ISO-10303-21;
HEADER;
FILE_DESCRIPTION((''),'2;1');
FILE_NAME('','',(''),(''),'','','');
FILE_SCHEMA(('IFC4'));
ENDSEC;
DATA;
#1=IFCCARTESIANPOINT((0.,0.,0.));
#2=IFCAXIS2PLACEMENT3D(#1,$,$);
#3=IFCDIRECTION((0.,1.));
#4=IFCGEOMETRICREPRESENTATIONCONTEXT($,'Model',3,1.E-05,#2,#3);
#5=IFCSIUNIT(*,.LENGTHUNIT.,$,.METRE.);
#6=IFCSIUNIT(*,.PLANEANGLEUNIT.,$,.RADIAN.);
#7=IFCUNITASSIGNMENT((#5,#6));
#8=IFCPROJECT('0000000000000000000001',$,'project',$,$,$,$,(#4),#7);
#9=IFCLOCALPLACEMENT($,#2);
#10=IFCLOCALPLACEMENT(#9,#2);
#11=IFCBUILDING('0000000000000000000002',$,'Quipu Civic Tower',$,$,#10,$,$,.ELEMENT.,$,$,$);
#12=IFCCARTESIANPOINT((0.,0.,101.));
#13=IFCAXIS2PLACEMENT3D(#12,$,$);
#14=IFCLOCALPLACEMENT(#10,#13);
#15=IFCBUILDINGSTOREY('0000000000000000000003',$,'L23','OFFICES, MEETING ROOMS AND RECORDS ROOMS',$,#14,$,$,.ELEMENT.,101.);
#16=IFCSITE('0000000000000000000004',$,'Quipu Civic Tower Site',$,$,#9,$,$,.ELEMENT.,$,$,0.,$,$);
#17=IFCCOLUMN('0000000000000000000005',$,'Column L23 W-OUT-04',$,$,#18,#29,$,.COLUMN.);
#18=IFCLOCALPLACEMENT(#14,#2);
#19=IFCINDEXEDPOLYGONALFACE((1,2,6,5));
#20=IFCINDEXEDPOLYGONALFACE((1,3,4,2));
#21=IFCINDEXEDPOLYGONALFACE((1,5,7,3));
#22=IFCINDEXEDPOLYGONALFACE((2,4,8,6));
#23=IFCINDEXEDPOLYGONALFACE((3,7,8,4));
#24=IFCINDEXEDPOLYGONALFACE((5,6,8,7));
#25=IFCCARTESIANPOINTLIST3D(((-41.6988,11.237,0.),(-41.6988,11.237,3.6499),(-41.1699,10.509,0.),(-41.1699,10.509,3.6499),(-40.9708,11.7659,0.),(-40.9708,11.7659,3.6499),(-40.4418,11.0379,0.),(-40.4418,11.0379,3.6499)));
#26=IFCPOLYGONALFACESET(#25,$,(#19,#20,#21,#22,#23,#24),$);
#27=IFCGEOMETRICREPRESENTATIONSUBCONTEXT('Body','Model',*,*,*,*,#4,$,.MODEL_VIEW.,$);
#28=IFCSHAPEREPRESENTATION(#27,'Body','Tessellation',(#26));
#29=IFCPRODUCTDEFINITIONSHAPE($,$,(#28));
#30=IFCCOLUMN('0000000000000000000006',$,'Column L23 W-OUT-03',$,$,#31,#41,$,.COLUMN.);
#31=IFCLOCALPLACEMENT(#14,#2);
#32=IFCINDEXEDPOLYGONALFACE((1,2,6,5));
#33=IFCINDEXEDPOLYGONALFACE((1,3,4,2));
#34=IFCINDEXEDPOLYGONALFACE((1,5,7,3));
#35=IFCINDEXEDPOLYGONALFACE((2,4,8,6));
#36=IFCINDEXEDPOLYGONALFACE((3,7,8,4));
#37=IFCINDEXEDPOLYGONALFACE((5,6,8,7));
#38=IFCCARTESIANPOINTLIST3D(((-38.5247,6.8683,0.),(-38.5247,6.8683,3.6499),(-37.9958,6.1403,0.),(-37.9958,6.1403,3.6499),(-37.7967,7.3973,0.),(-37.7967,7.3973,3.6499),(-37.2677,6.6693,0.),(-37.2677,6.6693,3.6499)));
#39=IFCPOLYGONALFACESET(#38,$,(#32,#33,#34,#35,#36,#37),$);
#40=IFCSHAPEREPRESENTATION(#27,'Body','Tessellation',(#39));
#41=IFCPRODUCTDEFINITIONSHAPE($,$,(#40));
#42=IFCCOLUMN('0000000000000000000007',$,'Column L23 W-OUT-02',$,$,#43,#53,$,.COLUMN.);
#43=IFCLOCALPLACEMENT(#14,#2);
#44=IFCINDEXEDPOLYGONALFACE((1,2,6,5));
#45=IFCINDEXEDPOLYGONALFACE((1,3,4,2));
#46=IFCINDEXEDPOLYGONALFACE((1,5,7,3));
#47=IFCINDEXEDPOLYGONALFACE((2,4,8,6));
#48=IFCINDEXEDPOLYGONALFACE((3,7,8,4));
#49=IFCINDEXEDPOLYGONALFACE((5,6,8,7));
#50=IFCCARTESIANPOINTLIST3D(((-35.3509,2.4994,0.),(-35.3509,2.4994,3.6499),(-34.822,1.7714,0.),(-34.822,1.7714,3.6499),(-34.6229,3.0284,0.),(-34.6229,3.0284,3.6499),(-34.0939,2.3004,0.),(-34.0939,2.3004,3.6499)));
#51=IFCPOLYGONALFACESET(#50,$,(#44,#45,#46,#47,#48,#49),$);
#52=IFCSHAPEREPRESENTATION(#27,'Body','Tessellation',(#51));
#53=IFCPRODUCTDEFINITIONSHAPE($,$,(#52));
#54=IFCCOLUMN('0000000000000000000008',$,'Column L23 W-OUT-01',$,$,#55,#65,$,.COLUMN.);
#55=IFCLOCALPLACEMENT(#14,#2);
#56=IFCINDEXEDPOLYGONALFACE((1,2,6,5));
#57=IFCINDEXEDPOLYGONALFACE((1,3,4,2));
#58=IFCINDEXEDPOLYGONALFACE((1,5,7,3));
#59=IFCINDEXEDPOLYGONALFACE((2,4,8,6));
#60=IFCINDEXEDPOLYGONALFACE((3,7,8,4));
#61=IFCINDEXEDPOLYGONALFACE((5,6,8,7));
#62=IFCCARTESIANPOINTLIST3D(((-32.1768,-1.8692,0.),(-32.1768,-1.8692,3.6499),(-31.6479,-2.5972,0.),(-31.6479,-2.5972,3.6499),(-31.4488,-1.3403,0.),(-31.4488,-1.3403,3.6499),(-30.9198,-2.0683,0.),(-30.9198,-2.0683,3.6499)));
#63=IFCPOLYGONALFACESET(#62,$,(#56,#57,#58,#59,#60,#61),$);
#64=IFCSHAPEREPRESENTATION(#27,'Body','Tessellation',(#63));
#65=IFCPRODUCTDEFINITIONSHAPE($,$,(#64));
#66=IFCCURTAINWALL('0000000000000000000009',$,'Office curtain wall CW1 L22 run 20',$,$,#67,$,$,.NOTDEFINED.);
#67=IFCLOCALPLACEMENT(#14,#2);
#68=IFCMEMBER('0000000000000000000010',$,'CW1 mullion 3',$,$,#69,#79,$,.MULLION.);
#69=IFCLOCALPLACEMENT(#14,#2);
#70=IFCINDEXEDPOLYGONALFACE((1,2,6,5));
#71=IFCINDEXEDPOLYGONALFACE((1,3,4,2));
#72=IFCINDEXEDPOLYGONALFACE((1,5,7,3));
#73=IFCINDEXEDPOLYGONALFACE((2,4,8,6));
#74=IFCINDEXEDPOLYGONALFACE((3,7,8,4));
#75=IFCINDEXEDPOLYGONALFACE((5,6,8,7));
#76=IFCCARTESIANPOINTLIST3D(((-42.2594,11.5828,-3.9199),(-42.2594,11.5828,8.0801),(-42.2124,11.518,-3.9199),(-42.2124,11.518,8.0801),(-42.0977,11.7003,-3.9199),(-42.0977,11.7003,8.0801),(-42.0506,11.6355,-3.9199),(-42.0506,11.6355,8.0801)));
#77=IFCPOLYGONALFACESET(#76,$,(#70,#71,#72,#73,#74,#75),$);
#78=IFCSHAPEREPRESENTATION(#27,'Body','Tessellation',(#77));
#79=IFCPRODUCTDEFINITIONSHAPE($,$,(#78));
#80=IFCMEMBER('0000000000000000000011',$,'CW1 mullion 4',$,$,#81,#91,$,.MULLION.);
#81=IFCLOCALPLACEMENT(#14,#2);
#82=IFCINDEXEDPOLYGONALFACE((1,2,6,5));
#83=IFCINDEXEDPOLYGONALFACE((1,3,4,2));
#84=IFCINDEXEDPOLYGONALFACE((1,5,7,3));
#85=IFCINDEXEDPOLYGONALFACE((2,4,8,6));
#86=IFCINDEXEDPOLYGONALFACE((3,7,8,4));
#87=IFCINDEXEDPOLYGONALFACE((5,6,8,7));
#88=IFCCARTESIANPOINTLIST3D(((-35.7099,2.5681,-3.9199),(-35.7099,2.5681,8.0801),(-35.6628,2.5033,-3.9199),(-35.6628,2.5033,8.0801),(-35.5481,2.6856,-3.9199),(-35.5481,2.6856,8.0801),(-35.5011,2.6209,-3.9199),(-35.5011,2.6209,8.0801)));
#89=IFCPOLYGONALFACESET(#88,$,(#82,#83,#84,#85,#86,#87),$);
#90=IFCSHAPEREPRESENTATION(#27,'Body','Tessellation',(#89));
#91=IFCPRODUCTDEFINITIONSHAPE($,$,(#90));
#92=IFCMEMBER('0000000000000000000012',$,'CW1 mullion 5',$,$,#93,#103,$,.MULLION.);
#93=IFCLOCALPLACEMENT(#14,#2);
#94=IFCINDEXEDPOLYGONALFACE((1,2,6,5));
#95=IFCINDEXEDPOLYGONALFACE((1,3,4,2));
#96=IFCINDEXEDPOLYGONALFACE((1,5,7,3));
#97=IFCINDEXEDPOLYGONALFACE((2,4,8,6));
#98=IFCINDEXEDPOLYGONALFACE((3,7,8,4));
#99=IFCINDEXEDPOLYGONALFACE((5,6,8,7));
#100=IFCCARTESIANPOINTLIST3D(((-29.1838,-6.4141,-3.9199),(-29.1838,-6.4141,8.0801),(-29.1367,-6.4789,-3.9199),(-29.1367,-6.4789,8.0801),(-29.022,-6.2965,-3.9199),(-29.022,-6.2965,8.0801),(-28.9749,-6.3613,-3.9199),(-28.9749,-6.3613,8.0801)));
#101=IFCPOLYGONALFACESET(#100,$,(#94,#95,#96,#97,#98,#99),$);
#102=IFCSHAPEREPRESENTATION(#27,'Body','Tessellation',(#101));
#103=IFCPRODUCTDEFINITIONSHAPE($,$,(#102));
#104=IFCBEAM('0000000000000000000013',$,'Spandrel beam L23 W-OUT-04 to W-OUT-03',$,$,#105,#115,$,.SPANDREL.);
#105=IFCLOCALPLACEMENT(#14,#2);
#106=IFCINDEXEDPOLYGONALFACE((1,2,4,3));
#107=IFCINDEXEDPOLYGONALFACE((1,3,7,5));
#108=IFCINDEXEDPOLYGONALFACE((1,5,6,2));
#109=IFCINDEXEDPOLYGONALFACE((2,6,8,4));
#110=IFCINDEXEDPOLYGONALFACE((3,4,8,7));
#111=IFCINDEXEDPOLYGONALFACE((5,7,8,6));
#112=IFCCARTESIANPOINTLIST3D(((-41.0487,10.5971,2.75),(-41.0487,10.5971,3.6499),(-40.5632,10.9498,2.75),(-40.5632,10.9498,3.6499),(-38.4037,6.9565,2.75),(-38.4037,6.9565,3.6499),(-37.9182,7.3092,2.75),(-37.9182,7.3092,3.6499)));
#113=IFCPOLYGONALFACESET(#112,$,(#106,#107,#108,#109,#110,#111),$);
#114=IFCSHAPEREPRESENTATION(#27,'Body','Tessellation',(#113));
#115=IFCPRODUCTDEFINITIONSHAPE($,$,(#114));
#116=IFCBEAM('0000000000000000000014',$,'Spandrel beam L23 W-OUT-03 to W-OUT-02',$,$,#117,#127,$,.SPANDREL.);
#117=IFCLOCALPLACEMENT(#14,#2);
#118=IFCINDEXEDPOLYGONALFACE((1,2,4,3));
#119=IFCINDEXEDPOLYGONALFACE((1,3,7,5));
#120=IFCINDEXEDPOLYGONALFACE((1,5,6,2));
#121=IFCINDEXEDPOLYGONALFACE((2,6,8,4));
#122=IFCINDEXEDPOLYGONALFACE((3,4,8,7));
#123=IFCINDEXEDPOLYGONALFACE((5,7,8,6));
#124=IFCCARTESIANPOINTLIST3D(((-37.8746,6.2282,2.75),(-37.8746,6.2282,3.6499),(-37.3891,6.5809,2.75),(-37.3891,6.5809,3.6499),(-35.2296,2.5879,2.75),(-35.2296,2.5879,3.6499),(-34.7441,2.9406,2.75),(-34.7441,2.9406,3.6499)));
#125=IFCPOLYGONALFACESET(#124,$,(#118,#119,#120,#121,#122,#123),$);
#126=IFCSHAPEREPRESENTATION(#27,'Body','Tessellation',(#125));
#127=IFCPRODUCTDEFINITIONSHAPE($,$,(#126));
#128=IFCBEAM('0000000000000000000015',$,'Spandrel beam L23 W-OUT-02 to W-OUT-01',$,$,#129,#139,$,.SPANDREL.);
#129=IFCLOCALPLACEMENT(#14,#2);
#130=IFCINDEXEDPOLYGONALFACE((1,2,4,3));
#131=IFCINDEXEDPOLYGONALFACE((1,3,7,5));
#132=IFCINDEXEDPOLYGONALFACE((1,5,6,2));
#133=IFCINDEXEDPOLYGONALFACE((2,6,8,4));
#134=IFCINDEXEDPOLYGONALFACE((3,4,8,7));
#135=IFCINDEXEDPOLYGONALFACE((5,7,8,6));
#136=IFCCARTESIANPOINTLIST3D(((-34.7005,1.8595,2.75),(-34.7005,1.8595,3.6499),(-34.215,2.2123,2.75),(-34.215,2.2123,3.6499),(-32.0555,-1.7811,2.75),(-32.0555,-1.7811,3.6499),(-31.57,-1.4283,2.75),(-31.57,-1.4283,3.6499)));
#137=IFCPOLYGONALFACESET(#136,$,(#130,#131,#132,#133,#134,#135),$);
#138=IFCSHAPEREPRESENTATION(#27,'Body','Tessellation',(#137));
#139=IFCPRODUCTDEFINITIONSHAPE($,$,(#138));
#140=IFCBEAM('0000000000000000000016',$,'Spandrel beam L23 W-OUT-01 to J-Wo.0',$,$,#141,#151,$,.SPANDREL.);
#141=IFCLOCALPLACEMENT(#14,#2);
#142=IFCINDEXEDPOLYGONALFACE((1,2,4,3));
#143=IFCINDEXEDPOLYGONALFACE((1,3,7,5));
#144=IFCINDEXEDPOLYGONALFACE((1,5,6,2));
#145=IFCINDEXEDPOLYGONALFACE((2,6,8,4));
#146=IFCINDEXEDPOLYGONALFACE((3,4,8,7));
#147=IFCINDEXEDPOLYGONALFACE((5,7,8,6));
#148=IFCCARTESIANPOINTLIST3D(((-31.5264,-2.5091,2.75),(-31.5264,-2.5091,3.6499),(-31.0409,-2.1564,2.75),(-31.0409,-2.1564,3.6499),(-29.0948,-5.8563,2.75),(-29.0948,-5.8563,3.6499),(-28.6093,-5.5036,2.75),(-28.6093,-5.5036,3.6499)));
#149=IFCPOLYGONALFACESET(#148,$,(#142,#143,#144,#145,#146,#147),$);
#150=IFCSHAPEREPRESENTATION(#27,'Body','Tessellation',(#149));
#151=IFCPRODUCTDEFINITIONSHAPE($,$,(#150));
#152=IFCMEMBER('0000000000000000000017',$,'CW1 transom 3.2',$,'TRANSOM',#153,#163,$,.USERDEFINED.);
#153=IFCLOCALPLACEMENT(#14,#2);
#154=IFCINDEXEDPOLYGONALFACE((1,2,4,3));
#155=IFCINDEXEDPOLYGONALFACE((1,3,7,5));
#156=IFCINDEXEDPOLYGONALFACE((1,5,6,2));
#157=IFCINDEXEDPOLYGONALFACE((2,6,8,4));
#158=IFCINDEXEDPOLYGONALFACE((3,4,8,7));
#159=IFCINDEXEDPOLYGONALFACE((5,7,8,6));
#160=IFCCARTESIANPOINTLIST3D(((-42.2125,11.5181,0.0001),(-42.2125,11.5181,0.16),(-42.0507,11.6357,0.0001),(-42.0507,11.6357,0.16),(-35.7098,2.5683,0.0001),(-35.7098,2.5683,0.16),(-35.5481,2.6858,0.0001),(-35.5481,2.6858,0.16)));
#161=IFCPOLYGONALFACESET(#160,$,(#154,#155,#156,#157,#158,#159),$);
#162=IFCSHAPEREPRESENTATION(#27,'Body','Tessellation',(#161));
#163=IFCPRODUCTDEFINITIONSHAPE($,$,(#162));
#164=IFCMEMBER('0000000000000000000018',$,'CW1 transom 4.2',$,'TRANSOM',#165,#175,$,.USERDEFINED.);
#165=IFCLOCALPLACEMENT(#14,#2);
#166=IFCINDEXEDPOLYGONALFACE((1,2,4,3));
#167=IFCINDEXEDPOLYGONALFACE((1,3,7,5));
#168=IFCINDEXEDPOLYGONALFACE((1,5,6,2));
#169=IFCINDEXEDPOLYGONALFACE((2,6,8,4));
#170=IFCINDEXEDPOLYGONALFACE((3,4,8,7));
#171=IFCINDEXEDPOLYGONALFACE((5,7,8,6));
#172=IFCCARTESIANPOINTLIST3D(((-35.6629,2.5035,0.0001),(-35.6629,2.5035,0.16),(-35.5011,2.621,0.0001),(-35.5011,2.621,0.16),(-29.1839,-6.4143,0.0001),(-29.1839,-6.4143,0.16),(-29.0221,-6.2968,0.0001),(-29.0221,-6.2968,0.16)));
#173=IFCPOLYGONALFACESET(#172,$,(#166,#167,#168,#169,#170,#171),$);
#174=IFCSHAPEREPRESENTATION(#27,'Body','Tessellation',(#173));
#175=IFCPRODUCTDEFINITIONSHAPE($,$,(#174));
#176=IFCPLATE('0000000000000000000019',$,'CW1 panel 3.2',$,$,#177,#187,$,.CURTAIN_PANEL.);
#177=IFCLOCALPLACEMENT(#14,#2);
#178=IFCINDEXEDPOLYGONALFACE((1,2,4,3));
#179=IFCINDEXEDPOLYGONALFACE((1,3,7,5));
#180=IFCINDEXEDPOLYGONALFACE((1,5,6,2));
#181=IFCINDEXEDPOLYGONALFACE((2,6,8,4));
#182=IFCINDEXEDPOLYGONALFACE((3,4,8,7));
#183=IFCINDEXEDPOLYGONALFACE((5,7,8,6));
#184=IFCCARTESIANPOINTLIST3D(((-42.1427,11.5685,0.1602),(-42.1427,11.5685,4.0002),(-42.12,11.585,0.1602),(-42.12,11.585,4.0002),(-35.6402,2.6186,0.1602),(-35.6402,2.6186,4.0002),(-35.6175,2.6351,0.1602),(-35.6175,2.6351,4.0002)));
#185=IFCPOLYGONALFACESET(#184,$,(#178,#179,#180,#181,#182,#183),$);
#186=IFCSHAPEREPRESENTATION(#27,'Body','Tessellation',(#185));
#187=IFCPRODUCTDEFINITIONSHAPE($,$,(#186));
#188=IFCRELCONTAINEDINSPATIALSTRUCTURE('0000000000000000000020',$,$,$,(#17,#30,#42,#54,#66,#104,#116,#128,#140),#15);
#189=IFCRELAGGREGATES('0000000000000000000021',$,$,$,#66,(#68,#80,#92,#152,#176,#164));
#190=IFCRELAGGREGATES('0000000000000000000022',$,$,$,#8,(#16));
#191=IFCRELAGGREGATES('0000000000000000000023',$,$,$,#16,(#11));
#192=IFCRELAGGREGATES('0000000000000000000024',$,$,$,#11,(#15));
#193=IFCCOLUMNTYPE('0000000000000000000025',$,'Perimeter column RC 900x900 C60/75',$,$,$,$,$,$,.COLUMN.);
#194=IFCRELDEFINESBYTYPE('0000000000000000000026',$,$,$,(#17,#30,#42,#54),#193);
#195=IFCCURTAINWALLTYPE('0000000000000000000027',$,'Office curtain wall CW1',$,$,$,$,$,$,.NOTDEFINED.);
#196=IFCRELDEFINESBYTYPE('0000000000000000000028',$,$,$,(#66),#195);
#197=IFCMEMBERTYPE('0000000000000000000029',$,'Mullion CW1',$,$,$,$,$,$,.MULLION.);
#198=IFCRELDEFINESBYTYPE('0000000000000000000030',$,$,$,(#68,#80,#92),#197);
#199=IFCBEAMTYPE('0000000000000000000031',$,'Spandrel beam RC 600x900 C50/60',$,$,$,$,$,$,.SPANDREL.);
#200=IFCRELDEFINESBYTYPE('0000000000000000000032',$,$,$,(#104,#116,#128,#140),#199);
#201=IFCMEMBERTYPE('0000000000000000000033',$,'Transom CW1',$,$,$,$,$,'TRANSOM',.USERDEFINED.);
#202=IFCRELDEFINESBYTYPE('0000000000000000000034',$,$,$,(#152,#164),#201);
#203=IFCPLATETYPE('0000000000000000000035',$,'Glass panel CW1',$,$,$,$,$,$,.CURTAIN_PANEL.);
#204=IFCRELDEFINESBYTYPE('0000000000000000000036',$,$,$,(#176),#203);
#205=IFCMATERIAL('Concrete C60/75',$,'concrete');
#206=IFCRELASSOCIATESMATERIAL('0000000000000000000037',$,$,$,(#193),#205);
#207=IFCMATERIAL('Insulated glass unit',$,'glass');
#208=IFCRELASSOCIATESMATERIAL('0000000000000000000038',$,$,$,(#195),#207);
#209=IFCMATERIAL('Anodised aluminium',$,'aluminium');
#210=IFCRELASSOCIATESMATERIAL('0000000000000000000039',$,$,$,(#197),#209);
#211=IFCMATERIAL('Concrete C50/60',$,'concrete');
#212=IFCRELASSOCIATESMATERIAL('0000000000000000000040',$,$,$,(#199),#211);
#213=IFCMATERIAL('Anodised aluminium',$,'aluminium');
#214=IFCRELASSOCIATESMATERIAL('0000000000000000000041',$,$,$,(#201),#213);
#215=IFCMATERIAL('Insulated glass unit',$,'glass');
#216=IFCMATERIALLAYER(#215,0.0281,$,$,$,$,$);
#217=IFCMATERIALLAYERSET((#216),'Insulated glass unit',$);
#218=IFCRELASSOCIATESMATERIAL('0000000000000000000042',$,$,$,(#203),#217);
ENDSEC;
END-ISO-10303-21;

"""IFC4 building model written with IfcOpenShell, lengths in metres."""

from ifc_helpers import new_model, si_unit, direction, frame, origin, origin_2d, place, context, subcontext, project, spatial, rectangle, extrude, material, layer, layer_set, material_profile, profile_set, type_object, element, aggregate, save


model = new_model("IFC4")

# Units and contexts
model_context = context("Model", 3, precision=1e-05, world=origin(), true_north=direction((0.0, 1.0)))
body_context = subcontext(model_context, "Body", "Model", "MODEL_VIEW")
ifc_project = project(units=[si_unit("LENGTHUNIT", "METRE"), si_unit("PLANEANGLEUNIT", "RADIAN")], contexts=[model_context])

# Site, building, storey
site_placement = place(None, origin())
site = spatial("IfcSite", under=ifc_project, at=site_placement, Name="Quipu Civic Tower Site", CompositionType="ELEMENT", RefElevation=0.0)
building_placement = place(site_placement, origin())
building = spatial("IfcBuilding", under=site, at=building_placement, Name="Quipu Civic Tower", CompositionType="ELEMENT")
storey_placement = place(building_placement, frame((0.0, 0.0, 101.0)))
storey = spatial("IfcBuildingStorey", under=building, at=storey_placement, Name="L23", Description="OFFICES, MEETING ROOMS AND RECORDS ROOMS", CompositionType="ELEMENT", Elevation=101.0)

# Columns
ifc_material_1 = material(Name="Concrete C60/75", Category="concrete")
ifc_material_profile_1 = material_profile(ifc_material_1, rectangle(XDim=0.8999, YDim=0.8999, at=origin_2d()), Name="RC900x900")
ifc_profile_set_1 = profile_set([ifc_material_profile_1], Name="Concrete C60/75")
column_type = type_object("IfcColumnType", Name="Perimeter column RC 900x900 C60/75", PredefinedType="COLUMN", material=ifc_profile_set_1)
for number, where, z_axis, x_axis, name in (
    (1, (-41.0703, 11.1375, 0.0), (0.0, 0.0, 1.0), (0.587785, -0.809017, 0.0), "Column L23 W-OUT-04"),
    (2, (-37.8962, 6.7688, 0.0), (0.0, 0.0, 1.0), (0.587785, -0.809017, 0.0), "Column L23 W-OUT-03"),
    (3, (-34.7224, 2.3999, 0.0), (0.0, 0.0, 1.0), (0.587785, -0.809017, 0.0), "Column L23 W-OUT-02"),
    (4, (-31.5483, -1.9688, 0.0), (0.0, 0.0, 1.0), (0.587785, -0.809017, 0.0), "Column L23 W-OUT-01"),
):
    element("IfcColumn", number, at=place(storey_placement, frame(where, z_axis=z_axis, x_axis=x_axis)), inside=storey, type_object=column_type, Name=name, PredefinedType="COLUMN", context=body_context, shape_type="SweptSolid", body=[
        extrude(rectangle(XDim=0.8999, YDim=0.8999, at=origin_2d()), origin(), (0.0, 0.0, 1.0), 3.6499),
    ])

# Curtain wall, members
ifc_material_2 = material(Name="Insulated glass unit", Category="glass")
curtain_wall_type = type_object("IfcCurtainWallType", Name="Office curtain wall CW1", PredefinedType="NOTDEFINED", material=ifc_material_2)
curtain_wall_placement = place(storey_placement, origin())
curtain_wall = element("IfcCurtainWall", 5, at=curtain_wall_placement, inside=storey, type_object=curtain_wall_type, Name="Office curtain wall CW1 L22 run 20", PredefinedType="NOTDEFINED")
ifc_material_3 = material(Name="Anodised aluminium", Category="aluminium")
ifc_material_profile_2 = material_profile(ifc_material_3, rectangle(XDim=0.2, YDim=0.0801, at=origin_2d()), Name="RECT 200x80")
ifc_profile_set_2 = profile_set([ifc_material_profile_2], Name="Anodised aluminium")
member_type_1 = type_object("IfcMemberType", Name="Mullion CW1", PredefinedType="MULLION", material=ifc_profile_set_2)
member_1_placement = place(storey_placement, frame((-42.155, 11.6091, -3.9199), z_axis=(0.0, 0.0, 1.0), x_axis=(0.809017, 0.587786, 0.0)))
member_1 = element("IfcMember", 6, at=member_1_placement, type_object=member_type_1, Name="CW1 mullion 3", PredefinedType="MULLION", context=body_context, shape_type="SweptSolid", body=[
    extrude(rectangle(XDim=0.2, YDim=0.0801, at=origin_2d()), origin(), (0.0, 0.0, 1.0), 12.0),
])
member_2_placement = place(storey_placement, frame((-35.6055, 2.5945, -3.9199), z_axis=(0.0, 0.0, 1.0), x_axis=(0.809017, 0.587786, 0.0)))
member_2 = element("IfcMember", 7, at=member_2_placement, type_object=member_type_1, Name="CW1 mullion 4", PredefinedType="MULLION", context=body_context, shape_type="SweptSolid", body=[
    extrude(rectangle(XDim=0.2, YDim=0.0801, at=origin_2d()), origin(), (0.0, 0.0, 1.0), 12.0),
])
member_3_placement = place(storey_placement, frame((-29.0793, -6.3877, -3.9199), z_axis=(0.0, 0.0, 1.0), x_axis=(0.809017, 0.587786, 0.0)))
member_3 = element("IfcMember", 8, at=member_3_placement, type_object=member_type_1, Name="CW1 mullion 5", PredefinedType="MULLION", context=body_context, shape_type="SweptSolid", body=[
    extrude(rectangle(XDim=0.2, YDim=0.0801, at=origin_2d()), origin(), (0.0, 0.0, 1.0), 12.0),
])

# Beams
ifc_material_4 = material(Name="Concrete C50/60", Category="concrete")
ifc_material_profile_3 = material_profile(ifc_material_4, rectangle(XDim=0.6001, YDim=0.8999, at=origin_2d()), Name="RC600x900")
ifc_profile_set_3 = profile_set([ifc_material_profile_3], Name="Concrete C50/60")
beam_type = type_object("IfcBeamType", Name="Spandrel beam RC 600x900 C50/60", PredefinedType="SPANDREL", material=ifc_profile_set_3)
beam_1_placement = place(storey_placement, frame((-40.8059, 10.7734, 3.2), z_axis=(0.587778, -0.809022, 0.0), x_axis=(0.809022, 0.587778, 0.0)))
element("IfcBeam", 9, at=beam_1_placement, inside=storey, type_object=beam_type, Name="Spandrel beam L23 W-OUT-04 to W-OUT-03", PredefinedType="SPANDREL", context=body_context, shape_type="SweptSolid", body=[
    extrude(rectangle(XDim=0.6001, YDim=0.8999, at=origin_2d()), origin(), (0.0, 0.0, 1.0), 4.5),
])
beam_2_placement = place(storey_placement, frame((-37.6318, 6.4045, 3.2), z_axis=(0.587804, -0.809003, 0.0), x_axis=(0.809003, 0.587804, 0.0)))
element("IfcBeam", 10, at=beam_2_placement, inside=storey, type_object=beam_type, Name="Spandrel beam L23 W-OUT-03 to W-OUT-02", PredefinedType="SPANDREL", context=body_context, shape_type="SweptSolid", body=[
    extrude(rectangle(XDim=0.6001, YDim=0.8999, at=origin_2d()), origin(), (0.0, 0.0, 1.0), 4.4998),
])
beam_3_placement = place(storey_placement, frame((-34.4578, 2.0359, 3.2), z_axis=(0.587778, -0.809022, 0.0), x_axis=(0.809022, 0.587778, 0.0)))
element("IfcBeam", 11, at=beam_3_placement, inside=storey, type_object=beam_type, Name="Spandrel beam L23 W-OUT-02 to W-OUT-01", PredefinedType="SPANDREL", context=body_context, shape_type="SweptSolid", body=[
    extrude(rectangle(XDim=0.6001, YDim=0.8999, at=origin_2d()), origin(), (0.0, 0.0, 1.0), 4.5),
])
beam_4_placement = place(storey_placement, frame((-31.2837, -2.3328, 3.2), z_axis=(0.587751, -0.809042, 0.0), x_axis=(0.809042, 0.587751, 0.0)))
element("IfcBeam", 12, at=beam_4_placement, inside=storey, type_object=beam_type, Name="Spandrel beam L23 W-OUT-01 to J-Wo.0", PredefinedType="SPANDREL", context=body_context, shape_type="SweptSolid", body=[
    extrude(rectangle(XDim=0.6001, YDim=0.8999, at=origin_2d()), origin(), (0.0, 0.0, 1.0), 4.1372),
])

# Members
ifc_material_5 = material(Name="Anodised aluminium", Category="aluminium")
ifc_material_profile_4 = material_profile(ifc_material_5, rectangle(XDim=0.2, YDim=0.1599, at=origin_2d()), Name="RECT 200x160")
ifc_profile_set_4 = profile_set([ifc_material_profile_4], Name="Anodised aluminium")
member_type_2 = type_object("IfcMemberType", Name="Transom CW1", ElementType="TRANSOM", PredefinedType="USERDEFINED", material=ifc_profile_set_4)
member_4_placement = place(storey_placement, frame((-42.1316, 11.5769, 0.0801), z_axis=(0.587795, -0.80901, 0.0), x_axis=(0.80901, 0.587795, 0.0)))
member_4 = element("IfcMember", 13, at=member_4_placement, type_object=member_type_2, Name="CW1 transom 3.2", ObjectType="TRANSOM", PredefinedType="USERDEFINED", context=body_context, shape_type="SweptSolid", body=[
    extrude(rectangle(XDim=0.2, YDim=0.1599, at=origin_2d()), origin(), (0.0, 0.0, 1.0), 11.0627),
])
member_5_placement = place(storey_placement, frame((-35.582, 2.5623, 0.0801), z_axis=(0.587779, -0.809021, 0.0), x_axis=(0.809021, 0.587779, 0.0)))
member_5 = element("IfcMember", 14, at=member_5_placement, type_object=member_type_2, Name="CW1 transom 4.2", ObjectType="TRANSOM", PredefinedType="USERDEFINED", context=body_context, shape_type="SweptSolid", body=[
    extrude(rectangle(XDim=0.2, YDim=0.1599, at=origin_2d()), origin(), (0.0, 0.0, 1.0), 11.0229),
])

# Plate
ifc_material_6 = material(Name="Insulated glass unit", Category="glass")
ifc_layer_1 = layer(ifc_material_6, 0.0281)
ifc_layer_set_1 = layer_set([ifc_layer_1], Name="Insulated glass unit")
plate_type_1 = type_object("IfcPlateType", Name="Glass panel CW1", PredefinedType="CURTAIN_PANEL", material=ifc_layer_set_1)
plate_1_placement = place(storey_placement, frame((-38.8801, 7.1018, 0.1602), z_axis=(0.0, 0.0, 1.0), x_axis=(0.587786, -0.809017, 0.0)))
plate_1 = element("IfcPlate", 15, at=plate_1_placement, type_object=plate_type_1, Name="CW1 panel 3.2", PredefinedType="CURTAIN_PANEL", context=body_context, shape_type="SweptSolid", body=[
    extrude(rectangle(XDim=11.0627, YDim=0.0281, at=origin_2d()), origin(), (0.0, 0.0, 1.0), 3.8401),
])
aggregate(curtain_wall, [member_1, member_2, member_3, member_4, plate_1, member_5])

save(model, "model.ifc")
